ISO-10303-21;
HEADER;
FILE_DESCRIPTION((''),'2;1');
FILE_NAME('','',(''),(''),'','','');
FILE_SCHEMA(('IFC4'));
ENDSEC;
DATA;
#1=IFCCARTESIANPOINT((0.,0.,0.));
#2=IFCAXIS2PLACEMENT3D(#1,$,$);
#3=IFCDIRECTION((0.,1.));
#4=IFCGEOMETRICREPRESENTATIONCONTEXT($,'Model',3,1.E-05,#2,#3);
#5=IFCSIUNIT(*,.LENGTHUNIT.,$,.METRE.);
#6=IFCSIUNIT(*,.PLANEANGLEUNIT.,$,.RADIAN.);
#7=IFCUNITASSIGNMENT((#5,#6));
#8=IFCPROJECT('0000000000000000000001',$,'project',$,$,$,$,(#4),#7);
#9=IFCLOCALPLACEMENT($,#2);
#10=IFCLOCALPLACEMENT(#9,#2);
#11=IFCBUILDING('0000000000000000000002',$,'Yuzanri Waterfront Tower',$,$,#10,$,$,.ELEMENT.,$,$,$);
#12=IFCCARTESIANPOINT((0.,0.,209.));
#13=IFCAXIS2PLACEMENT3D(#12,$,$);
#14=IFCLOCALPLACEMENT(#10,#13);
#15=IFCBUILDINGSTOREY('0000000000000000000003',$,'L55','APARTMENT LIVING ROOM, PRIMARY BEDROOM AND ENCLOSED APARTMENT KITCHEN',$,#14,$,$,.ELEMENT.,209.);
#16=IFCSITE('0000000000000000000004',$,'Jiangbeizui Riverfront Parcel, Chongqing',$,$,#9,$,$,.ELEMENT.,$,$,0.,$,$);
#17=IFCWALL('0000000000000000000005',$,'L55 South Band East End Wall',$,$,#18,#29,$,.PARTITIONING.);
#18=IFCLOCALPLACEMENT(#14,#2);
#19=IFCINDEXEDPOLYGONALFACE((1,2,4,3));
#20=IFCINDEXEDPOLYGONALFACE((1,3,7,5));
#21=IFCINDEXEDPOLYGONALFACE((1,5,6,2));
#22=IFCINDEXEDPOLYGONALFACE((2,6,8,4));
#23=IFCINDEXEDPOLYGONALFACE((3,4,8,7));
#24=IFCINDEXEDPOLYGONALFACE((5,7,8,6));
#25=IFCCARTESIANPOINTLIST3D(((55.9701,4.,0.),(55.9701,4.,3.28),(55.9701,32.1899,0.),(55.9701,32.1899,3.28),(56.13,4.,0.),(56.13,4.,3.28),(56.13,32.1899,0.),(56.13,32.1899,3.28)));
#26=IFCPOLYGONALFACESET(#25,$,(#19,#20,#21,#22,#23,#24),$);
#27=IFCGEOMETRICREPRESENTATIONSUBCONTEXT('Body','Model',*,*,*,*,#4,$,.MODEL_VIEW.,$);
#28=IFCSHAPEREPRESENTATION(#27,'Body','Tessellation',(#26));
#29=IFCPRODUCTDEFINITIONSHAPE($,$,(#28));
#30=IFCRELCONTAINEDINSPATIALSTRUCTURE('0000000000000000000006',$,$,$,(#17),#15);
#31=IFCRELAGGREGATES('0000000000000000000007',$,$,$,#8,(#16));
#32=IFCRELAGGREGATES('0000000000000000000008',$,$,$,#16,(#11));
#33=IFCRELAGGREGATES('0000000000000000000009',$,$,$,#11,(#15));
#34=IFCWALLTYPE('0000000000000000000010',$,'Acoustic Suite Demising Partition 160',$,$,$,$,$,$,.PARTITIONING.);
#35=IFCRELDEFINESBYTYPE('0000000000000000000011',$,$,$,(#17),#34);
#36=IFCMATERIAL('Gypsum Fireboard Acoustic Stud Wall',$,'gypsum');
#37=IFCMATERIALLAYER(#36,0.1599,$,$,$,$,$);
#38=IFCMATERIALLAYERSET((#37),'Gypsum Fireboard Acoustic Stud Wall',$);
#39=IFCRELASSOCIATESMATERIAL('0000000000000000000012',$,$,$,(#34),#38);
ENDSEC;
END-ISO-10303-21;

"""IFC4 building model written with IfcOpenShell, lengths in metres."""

from ifc_helpers import new_model, si_unit, direction, frame, frame_2d, origin, place, context, subcontext, project, spatial, rectangle, extrude, source, transform, mapped, material, layer, layer_set, type_object, element, save


model = new_model("IFC4")

# Units and contexts
model_context = context("Model", 3, precision=1e-05, world=origin(), true_north=direction((0.0, 1.0)))
body_context = subcontext(model_context, "Body", "Model", "MODEL_VIEW")
ifc_project = project(units=[si_unit("LENGTHUNIT", "METRE"), si_unit("PLANEANGLEUNIT", "RADIAN")], contexts=[model_context])

# Site, building, storey
site_placement = place(None, origin())
site = spatial("IfcSite", under=ifc_project, at=site_placement, Name="Jiangbeizui Riverfront Parcel, Chongqing", CompositionType="ELEMENT", RefElevation=0.0)
building_placement = place(site_placement, origin())
building = spatial("IfcBuilding", under=site, at=building_placement, Name="Yuzanri Waterfront Tower", CompositionType="ELEMENT")
storey_placement = place(building_placement, frame((0.0, 0.0, 209.0)))
storey = spatial("IfcBuildingStorey", under=building, at=storey_placement, Name="L55", Description="APARTMENT LIVING ROOM, PRIMARY BEDROOM AND ENCLOSED APARTMENT KITCHEN", CompositionType="ELEMENT", Elevation=209.0)

# Wall
ifc_material_1 = material(Name="Gypsum Fireboard Acoustic Stud Wall", Category="gypsum")
ifc_layer_1 = layer(ifc_material_1, 0.1599)
ifc_layer_set_1 = layer_set([ifc_layer_1], Name="Gypsum Fireboard Acoustic Stud Wall")
wall_type_1 = type_object("IfcWallType", Name="Acoustic Suite Demising Partition 160", PredefinedType="PARTITIONING", material=ifc_layer_set_1)
shared_shape_1 = source(origin(), body_context, "Body", "SweptSolid", [
    extrude(rectangle(XDim=28.1899, YDim=0.1599, at=frame_2d((14.095, 0.0))), origin(), (0.0, 0.0, 1.0), 3.28),
])
wall_1_placement = place(storey_placement, frame((56.05, 4.0, 0.0), z_axis=(0.0, 0.0, 1.0), x_axis=(0.0, 1.0, 0.0)))
element("IfcWall", 1, at=wall_1_placement, inside=storey, type_object=wall_type_1, Name="L55 South Band East End Wall", PredefinedType="PARTITIONING", context=body_context, shape_type="MappedRepresentation", body=[
    mapped(shared_shape_1, transform((0.0, 0.0, 0.0), scale=1.0)),
])

save(model, "model.ifc")
